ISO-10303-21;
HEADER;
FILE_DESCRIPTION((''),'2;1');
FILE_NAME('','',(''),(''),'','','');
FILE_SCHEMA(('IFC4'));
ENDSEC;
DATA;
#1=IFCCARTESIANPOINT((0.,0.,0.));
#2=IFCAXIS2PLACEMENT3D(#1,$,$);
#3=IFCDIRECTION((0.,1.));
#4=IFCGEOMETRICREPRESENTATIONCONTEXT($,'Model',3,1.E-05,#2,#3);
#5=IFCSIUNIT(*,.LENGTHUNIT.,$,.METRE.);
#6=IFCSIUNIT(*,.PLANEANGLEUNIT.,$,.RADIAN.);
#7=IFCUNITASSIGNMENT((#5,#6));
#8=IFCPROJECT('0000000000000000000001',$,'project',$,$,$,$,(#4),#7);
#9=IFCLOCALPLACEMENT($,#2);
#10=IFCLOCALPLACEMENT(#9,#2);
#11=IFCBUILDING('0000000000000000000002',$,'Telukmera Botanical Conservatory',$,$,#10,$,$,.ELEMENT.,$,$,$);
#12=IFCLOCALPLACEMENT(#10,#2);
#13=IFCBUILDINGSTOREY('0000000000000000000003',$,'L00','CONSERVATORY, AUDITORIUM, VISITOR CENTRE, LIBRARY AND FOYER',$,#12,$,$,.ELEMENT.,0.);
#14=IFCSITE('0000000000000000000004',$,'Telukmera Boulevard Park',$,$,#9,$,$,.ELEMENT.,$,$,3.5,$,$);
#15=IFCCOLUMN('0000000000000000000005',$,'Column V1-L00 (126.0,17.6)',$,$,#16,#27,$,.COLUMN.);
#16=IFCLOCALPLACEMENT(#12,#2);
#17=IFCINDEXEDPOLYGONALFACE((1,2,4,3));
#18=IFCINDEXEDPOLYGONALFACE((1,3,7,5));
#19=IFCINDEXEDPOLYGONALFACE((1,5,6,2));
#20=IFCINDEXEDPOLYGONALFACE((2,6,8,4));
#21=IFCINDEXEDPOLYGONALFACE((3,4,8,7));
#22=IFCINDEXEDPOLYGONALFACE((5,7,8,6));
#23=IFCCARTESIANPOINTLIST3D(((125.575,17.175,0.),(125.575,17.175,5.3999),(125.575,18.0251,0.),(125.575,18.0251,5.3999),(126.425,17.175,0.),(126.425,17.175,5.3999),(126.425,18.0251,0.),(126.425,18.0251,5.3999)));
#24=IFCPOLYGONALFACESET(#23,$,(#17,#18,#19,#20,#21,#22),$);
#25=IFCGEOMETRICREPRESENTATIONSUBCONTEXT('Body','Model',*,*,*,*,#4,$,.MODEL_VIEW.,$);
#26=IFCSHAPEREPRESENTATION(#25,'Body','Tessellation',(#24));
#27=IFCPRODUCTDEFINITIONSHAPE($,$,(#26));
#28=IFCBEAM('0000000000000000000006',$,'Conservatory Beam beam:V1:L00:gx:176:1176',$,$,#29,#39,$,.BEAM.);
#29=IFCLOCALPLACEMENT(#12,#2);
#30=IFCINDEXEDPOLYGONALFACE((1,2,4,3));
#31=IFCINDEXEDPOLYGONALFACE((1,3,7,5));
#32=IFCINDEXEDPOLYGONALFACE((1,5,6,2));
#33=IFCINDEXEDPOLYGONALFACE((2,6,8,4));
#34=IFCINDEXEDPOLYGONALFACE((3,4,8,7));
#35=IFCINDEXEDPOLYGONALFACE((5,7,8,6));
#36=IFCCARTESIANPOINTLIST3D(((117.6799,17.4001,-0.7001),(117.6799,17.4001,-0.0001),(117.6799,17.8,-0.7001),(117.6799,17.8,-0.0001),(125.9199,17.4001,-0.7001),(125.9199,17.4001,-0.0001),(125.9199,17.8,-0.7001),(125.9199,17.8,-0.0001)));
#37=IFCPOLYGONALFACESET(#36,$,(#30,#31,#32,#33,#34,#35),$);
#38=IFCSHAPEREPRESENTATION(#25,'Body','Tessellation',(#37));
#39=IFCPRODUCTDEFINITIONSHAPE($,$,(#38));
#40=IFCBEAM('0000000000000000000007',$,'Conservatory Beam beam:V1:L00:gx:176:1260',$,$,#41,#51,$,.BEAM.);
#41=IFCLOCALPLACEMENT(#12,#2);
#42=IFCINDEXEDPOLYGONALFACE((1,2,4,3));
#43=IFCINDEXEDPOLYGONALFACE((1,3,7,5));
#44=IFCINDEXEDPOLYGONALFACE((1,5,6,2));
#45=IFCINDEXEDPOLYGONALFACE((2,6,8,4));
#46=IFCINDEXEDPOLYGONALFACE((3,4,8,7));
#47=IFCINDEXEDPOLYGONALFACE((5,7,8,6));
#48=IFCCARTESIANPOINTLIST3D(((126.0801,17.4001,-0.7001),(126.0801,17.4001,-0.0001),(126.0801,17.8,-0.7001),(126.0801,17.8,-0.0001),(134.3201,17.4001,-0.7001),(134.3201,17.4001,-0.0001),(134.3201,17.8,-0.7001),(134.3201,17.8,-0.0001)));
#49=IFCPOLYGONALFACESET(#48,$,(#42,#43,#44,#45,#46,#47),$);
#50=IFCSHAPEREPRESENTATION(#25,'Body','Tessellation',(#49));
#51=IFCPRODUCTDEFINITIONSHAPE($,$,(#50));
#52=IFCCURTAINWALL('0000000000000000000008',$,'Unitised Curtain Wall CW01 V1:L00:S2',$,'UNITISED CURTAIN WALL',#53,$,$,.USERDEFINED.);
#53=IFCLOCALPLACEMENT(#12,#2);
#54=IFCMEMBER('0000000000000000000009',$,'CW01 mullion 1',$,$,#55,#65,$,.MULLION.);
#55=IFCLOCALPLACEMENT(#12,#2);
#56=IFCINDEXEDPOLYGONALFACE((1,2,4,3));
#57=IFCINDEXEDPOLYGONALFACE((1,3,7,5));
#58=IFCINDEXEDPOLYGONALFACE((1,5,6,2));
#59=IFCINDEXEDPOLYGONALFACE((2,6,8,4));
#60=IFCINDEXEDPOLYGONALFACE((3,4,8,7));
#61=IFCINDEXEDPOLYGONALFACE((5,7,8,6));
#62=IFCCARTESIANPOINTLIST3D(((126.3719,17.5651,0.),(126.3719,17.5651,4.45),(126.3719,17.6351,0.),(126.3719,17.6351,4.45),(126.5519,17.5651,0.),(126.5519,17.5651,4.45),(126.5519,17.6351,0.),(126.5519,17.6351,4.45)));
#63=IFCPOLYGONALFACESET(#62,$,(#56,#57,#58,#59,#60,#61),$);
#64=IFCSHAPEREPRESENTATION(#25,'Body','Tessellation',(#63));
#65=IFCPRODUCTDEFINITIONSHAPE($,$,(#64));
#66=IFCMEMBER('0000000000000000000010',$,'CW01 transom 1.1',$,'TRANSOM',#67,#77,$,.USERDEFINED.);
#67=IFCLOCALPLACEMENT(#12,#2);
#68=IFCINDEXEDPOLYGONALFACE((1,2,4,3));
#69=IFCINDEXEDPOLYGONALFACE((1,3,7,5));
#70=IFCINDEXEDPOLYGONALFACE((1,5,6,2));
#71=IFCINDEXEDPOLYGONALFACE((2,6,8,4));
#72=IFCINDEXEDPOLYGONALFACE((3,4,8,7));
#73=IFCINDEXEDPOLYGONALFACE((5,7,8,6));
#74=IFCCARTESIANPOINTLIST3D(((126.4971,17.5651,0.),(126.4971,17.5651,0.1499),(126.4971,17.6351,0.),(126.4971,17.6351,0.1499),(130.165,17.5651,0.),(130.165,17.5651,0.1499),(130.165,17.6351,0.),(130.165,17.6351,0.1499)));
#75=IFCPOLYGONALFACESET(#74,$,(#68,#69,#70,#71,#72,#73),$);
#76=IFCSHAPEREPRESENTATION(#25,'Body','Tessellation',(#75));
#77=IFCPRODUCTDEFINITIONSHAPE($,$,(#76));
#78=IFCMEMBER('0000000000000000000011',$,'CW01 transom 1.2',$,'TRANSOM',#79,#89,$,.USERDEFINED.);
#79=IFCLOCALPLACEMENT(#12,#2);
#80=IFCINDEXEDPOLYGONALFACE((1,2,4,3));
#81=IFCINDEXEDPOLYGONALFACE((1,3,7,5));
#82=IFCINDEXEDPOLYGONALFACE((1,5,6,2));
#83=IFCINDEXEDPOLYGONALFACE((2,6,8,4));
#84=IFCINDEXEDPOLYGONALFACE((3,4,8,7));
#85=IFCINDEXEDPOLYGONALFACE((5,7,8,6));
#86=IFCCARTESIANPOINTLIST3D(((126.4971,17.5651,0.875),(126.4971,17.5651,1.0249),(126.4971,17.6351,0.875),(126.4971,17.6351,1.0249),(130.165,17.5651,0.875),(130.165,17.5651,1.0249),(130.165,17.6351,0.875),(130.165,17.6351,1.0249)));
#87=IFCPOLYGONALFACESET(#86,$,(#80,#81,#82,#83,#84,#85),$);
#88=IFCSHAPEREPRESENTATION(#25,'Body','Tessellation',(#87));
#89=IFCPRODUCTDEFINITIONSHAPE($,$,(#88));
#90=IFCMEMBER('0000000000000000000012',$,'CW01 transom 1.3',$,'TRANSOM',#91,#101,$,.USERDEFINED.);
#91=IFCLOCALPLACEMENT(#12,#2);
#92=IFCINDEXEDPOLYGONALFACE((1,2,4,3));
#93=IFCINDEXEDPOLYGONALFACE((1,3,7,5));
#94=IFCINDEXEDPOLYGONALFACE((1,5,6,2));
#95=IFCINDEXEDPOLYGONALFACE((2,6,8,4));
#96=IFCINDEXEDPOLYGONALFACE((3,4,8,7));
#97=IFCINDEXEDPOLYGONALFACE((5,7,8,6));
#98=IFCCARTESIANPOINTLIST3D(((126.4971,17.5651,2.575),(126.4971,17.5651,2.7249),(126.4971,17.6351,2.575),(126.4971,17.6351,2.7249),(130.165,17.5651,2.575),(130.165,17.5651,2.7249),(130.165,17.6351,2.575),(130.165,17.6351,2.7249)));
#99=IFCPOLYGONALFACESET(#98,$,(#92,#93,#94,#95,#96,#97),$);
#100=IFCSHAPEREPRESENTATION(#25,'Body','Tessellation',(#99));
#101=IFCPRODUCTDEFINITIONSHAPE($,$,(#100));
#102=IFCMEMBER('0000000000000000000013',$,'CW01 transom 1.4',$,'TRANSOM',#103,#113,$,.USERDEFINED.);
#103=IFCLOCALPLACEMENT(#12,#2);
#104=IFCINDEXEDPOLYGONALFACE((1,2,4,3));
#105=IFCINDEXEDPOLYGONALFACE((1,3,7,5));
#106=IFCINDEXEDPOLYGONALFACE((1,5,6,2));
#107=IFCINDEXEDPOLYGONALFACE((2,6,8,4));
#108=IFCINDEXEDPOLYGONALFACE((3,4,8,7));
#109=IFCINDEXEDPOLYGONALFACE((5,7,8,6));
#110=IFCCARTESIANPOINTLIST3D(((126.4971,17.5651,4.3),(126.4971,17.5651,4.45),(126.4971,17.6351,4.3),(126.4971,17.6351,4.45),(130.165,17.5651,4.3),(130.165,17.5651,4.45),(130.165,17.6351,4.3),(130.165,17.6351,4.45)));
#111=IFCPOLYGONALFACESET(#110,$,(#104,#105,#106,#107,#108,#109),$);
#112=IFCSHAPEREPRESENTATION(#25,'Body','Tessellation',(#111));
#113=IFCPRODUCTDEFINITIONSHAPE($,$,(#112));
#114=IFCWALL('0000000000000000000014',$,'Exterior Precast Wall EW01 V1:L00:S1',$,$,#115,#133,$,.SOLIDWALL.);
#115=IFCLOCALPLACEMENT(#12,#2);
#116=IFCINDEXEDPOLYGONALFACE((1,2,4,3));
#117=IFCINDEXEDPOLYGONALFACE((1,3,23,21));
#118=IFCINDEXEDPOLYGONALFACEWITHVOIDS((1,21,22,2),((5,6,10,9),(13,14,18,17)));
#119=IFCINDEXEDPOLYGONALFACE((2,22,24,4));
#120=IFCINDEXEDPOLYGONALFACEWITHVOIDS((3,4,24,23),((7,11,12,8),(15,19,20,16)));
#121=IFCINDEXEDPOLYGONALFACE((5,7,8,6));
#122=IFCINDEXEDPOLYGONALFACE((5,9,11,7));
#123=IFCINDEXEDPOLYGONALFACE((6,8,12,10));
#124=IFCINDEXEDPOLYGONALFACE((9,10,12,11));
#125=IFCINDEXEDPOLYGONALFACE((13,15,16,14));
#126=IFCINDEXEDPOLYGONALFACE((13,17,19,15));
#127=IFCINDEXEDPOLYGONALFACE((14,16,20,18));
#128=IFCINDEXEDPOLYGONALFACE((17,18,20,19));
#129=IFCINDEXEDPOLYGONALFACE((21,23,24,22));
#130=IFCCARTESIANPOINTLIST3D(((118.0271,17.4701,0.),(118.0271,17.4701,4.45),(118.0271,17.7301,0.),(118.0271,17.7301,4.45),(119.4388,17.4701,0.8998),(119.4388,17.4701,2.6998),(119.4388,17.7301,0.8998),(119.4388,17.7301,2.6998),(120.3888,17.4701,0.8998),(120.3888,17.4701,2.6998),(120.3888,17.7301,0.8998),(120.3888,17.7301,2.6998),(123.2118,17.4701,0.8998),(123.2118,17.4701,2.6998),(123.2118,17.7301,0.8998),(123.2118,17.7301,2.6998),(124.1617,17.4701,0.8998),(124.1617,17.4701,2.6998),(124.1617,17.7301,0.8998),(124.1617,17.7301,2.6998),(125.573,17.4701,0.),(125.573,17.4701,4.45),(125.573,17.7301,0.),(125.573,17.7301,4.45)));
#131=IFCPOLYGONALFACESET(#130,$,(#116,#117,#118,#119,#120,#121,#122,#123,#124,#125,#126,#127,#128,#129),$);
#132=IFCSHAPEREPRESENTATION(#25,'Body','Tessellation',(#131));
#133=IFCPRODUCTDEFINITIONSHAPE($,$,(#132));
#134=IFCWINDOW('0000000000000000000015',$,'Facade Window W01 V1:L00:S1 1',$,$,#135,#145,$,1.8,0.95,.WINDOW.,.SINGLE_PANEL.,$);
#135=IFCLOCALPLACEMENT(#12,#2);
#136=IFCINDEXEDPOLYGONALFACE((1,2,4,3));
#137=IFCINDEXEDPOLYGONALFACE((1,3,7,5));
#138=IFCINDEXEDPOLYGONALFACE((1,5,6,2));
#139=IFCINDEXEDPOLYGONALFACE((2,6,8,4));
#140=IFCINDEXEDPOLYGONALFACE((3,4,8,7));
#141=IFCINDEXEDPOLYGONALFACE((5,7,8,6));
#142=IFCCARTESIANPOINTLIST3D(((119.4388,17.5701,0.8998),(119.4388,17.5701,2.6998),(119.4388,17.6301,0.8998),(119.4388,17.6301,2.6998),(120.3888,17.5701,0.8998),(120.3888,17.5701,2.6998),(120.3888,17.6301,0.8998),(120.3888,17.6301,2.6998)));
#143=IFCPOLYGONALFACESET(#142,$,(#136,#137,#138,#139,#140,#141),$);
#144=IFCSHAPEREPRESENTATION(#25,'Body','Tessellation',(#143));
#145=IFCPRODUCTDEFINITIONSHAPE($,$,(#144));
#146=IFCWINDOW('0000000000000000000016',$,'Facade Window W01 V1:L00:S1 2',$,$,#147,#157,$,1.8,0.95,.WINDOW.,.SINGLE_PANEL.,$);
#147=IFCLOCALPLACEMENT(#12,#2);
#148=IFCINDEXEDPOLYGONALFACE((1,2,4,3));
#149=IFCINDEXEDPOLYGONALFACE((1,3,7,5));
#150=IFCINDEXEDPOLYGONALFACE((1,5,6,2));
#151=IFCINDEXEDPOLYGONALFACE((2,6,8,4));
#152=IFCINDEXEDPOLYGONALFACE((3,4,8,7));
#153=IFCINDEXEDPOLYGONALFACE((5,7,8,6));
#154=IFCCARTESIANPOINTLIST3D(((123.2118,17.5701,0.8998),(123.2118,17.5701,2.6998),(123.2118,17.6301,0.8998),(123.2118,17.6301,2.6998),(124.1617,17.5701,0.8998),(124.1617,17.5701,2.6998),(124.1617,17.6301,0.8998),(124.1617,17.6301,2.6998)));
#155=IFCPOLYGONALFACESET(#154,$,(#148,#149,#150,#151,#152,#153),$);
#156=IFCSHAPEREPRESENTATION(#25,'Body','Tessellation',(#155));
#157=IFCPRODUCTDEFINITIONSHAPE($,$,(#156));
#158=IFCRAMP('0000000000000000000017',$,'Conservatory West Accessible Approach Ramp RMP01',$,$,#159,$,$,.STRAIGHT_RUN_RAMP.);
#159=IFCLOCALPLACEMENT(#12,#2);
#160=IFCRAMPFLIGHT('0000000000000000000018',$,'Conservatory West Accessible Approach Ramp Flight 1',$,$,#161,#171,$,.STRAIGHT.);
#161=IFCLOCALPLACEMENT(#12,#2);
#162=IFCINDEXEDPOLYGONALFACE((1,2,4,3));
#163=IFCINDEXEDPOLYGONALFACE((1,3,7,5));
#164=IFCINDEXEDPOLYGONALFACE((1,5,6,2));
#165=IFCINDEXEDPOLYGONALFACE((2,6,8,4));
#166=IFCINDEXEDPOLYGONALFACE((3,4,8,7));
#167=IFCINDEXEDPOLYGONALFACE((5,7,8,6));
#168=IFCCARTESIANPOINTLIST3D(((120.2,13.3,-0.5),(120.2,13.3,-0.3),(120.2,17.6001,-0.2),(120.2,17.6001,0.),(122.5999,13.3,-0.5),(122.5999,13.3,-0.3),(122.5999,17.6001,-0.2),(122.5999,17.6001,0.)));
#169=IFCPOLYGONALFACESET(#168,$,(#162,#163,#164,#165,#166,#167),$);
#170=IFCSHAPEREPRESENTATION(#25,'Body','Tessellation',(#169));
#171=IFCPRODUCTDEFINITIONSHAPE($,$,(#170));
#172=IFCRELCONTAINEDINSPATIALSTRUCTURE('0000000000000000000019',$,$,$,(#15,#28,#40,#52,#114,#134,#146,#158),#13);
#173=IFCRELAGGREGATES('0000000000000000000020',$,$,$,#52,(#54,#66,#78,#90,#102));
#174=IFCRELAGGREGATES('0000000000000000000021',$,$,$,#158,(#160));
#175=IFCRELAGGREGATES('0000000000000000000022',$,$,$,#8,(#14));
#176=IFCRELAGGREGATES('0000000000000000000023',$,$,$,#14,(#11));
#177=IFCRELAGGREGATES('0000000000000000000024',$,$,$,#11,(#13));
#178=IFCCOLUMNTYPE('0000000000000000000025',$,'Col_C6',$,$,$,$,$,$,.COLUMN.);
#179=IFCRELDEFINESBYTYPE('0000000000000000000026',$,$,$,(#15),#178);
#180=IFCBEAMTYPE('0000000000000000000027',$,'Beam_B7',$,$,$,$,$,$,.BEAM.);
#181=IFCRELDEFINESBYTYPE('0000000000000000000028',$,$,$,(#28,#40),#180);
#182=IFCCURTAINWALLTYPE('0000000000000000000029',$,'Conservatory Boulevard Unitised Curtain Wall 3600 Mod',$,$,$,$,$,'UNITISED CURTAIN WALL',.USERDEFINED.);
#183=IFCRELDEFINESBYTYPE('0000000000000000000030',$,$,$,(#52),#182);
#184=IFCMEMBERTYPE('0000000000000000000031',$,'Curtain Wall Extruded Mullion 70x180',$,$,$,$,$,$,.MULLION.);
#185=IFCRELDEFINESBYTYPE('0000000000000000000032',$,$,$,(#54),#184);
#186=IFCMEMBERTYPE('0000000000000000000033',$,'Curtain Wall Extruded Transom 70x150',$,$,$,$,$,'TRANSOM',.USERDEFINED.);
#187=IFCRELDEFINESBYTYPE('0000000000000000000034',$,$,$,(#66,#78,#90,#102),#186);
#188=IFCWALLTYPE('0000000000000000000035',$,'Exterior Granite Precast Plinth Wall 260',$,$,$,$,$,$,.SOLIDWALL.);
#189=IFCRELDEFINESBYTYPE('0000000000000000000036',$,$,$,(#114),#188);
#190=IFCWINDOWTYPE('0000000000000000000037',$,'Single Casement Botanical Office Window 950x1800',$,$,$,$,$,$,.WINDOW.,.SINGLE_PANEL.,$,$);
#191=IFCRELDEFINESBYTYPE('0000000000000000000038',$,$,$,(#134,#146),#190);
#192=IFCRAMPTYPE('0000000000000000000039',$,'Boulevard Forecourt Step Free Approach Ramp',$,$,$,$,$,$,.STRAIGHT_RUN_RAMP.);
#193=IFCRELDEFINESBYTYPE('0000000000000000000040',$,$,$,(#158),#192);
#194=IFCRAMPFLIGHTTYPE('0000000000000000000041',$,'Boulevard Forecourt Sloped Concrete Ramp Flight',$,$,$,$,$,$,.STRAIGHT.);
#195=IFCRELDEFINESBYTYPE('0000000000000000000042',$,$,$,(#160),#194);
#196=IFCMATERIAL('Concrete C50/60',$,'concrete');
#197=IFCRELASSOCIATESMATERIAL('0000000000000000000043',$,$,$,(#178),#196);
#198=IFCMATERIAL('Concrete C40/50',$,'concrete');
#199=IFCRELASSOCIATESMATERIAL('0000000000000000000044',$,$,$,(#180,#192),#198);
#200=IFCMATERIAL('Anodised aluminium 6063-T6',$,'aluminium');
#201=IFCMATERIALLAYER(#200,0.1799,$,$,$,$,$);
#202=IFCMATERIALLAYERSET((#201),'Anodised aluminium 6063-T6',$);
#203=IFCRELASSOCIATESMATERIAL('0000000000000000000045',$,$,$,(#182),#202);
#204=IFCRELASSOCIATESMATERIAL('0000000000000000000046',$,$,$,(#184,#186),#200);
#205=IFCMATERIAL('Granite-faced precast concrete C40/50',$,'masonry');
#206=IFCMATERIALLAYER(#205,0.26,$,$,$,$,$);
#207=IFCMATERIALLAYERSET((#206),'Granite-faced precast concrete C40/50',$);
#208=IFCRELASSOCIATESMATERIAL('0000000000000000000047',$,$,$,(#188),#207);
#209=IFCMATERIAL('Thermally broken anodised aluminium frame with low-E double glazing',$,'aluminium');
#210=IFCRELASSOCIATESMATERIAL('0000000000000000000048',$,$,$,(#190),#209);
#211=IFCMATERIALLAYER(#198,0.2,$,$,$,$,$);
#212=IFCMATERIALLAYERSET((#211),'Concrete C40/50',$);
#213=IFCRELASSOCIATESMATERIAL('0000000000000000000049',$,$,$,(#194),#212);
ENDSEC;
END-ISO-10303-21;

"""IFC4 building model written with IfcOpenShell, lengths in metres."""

from ifc_helpers import new_model, si_unit, direction, frame, frame_2d, origin, origin_2d, place, context, subcontext, project, spatial, polyline, rectangle, outline, extrude, material, layer, layer_set, material_profile, profile_set, type_object, element, fill, aggregate, save


model = new_model("IFC4")

# Units and contexts
model_context = context("Model", 3, precision=1e-05, world=origin(), true_north=direction((0.0, 1.0)))
body_context = subcontext(model_context, "Body", "Model", "MODEL_VIEW")
ifc_project = project(units=[si_unit("LENGTHUNIT", "METRE"), si_unit("PLANEANGLEUNIT", "RADIAN")], contexts=[model_context])

# Site, building, storey
site_placement = place(None, origin())
site = spatial("IfcSite", under=ifc_project, at=site_placement, Name="Telukmera Boulevard Park", CompositionType="ELEMENT", RefElevation=3.5)
building_placement = place(site_placement, origin())
building = spatial("IfcBuilding", under=site, at=building_placement, Name="Telukmera Botanical Conservatory", CompositionType="ELEMENT")
storey_placement = place(building_placement, origin())
storey = spatial("IfcBuildingStorey", under=building, at=storey_placement, Name="L00", Description="CONSERVATORY, AUDITORIUM, VISITOR CENTRE, LIBRARY AND FOYER", CompositionType="ELEMENT", Elevation=0.0)

# Column
ifc_material_1 = material(Name="Concrete C50/60", Category="concrete")
ifc_material_profile_1 = material_profile(ifc_material_1, rectangle(XDim=0.8501, YDim=0.8501, at=origin_2d()), Name="RC 850x850")
ifc_profile_set_1 = profile_set([ifc_material_profile_1], Name="Concrete C50/60")
column_type = type_object("IfcColumnType", Name="Col_C6", PredefinedType="COLUMN", material=ifc_profile_set_1)
column_placement = place(storey_placement, frame((126.0, 17.6001, 0.0), z_axis=(0.0, 0.0, 1.0), x_axis=(1.0, 0.0, 0.0)))
element("IfcColumn", 1, at=column_placement, inside=storey, type_object=column_type, Name="Column V1-L00 (126.0,17.6)", PredefinedType="COLUMN", context=body_context, shape_type="SweptSolid", body=[
    extrude(rectangle(XDim=0.8501, YDim=0.8501, at=origin_2d()), origin(), (0.0, 0.0, 1.0), 5.3999),
])

# Beams
ifc_material_2 = material(Name="Concrete C40/50", Category="concrete")
ifc_material_profile_2 = material_profile(ifc_material_2, rectangle(XDim=0.3999, YDim=0.7, at=origin_2d()), Name="RC 400x700")
ifc_profile_set_2 = profile_set([ifc_material_profile_2], Name="Concrete C40/50")
beam_type = type_object("IfcBeamType", Name="Beam_B7", PredefinedType="BEAM", material=ifc_profile_set_2)
for number, where, z_axis, x_axis, name in (
    (2, (117.6799, 17.6001, -0.3501), (1.0, 0.0, 0.0), (0.0, 1.0, 0.0), "Conservatory Beam beam:V1:L00:gx:176:1176"),
    (3, (126.0801, 17.6001, -0.3501), (1.0, 0.0, 0.0), (0.0, 1.0, 0.0), "Conservatory Beam beam:V1:L00:gx:176:1260"),
):
    element("IfcBeam", number, at=place(storey_placement, frame(where, z_axis=z_axis, x_axis=x_axis)), inside=storey, type_object=beam_type, Name=name, PredefinedType="BEAM", context=body_context, shape_type="SweptSolid", body=[
        extrude(rectangle(XDim=0.3999, YDim=0.7, at=origin_2d()), origin(), (0.0, 0.0, 1.0), 8.24),
    ])

# Curtain wall, members
ifc_material_3 = material(Name="Anodised aluminium 6063-T6", Category="aluminium")
ifc_layer_1 = layer(ifc_material_3, 0.1799)
ifc_layer_set_1 = layer_set([ifc_layer_1], Name="Anodised aluminium 6063-T6")
curtain_wall_type = type_object("IfcCurtainWallType", Name="Conservatory Boulevard Unitised Curtain Wall 3600 Mod", ElementType="UNITISED CURTAIN WALL", PredefinedType="USERDEFINED", material=ifc_layer_set_1)
curtain_wall_placement = place(storey_placement, origin())
curtain_wall = element("IfcCurtainWall", 4, at=curtain_wall_placement, inside=storey, type_object=curtain_wall_type, Name="Unitised Curtain Wall CW01 V1:L00:S2", ObjectType="UNITISED CURTAIN WALL", PredefinedType="USERDEFINED")
ifc_material_profile_3 = material_profile(ifc_material_3, rectangle(XDim=0.0701, YDim=0.1799, at=origin_2d()), Name="ALU MULL 70x180")
ifc_profile_set_3 = profile_set([ifc_material_profile_3], Name="Anodised aluminium 6063-T6")
member_type_1 = type_object("IfcMemberType", Name="Curtain Wall Extruded Mullion 70x180", PredefinedType="MULLION", material=ifc_profile_set_3)
member_1_placement = place(storey_placement, frame((126.4619, 17.6001, 0.0), z_axis=(0.0, 0.0, 1.0), x_axis=(0.0, 1.0, 0.0)))
member_1 = element("IfcMember", 5, at=member_1_placement, type_object=member_type_1, Name="CW01 mullion 1", PredefinedType="MULLION", context=body_context, shape_type="SweptSolid", body=[
    extrude(rectangle(XDim=0.0701, YDim=0.1799, at=origin_2d()), origin(), (0.0, 0.0, 1.0), 4.45),
])
ifc_material_profile_4 = material_profile(ifc_material_3, rectangle(XDim=0.0701, YDim=0.1499, at=origin_2d()), Name="ALU TRAN 70x150")
ifc_profile_set_4 = profile_set([ifc_material_profile_4], Name="Anodised aluminium 6063-T6")
member_type_2 = type_object("IfcMemberType", Name="Curtain Wall Extruded Transom 70x150", ElementType="TRANSOM", PredefinedType="USERDEFINED", material=ifc_profile_set_4)
member_2_placement = place(storey_placement, frame((126.4971, 17.6001, 0.075), z_axis=(1.0, 0.0, 0.0), x_axis=(0.0, 1.0, 0.0)))
member_2 = element("IfcMember", 6, at=member_2_placement, type_object=member_type_2, Name="CW01 transom 1.1", ObjectType="TRANSOM", PredefinedType="USERDEFINED", context=body_context, shape_type="SweptSolid", body=[
    extrude(rectangle(XDim=0.0701, YDim=0.1499, at=origin_2d()), origin(), (0.0, 0.0, 1.0), 3.668),
])
member_3_placement = place(storey_placement, frame((126.4971, 17.6001, 0.95), z_axis=(1.0, 0.0, 0.0), x_axis=(0.0, 1.0, 0.0)))
member_3 = element("IfcMember", 7, at=member_3_placement, type_object=member_type_2, Name="CW01 transom 1.2", ObjectType="TRANSOM", PredefinedType="USERDEFINED", context=body_context, shape_type="SweptSolid", body=[
    extrude(rectangle(XDim=0.0701, YDim=0.1499, at=origin_2d()), origin(), (0.0, 0.0, 1.0), 3.668),
])
member_4_placement = place(storey_placement, frame((126.4971, 17.6001, 2.6499), z_axis=(1.0, 0.0, 0.0), x_axis=(0.0, 1.0, 0.0)))
member_4 = element("IfcMember", 8, at=member_4_placement, type_object=member_type_2, Name="CW01 transom 1.3", ObjectType="TRANSOM", PredefinedType="USERDEFINED", context=body_context, shape_type="SweptSolid", body=[
    extrude(rectangle(XDim=0.0701, YDim=0.1499, at=origin_2d()), origin(), (0.0, 0.0, 1.0), 3.668),
])
member_5_placement = place(storey_placement, frame((126.4971, 17.6001, 4.375), z_axis=(1.0, 0.0, 0.0), x_axis=(0.0, 1.0, 0.0)))
member_5 = element("IfcMember", 9, at=member_5_placement, type_object=member_type_2, Name="CW01 transom 1.4", ObjectType="TRANSOM", PredefinedType="USERDEFINED", context=body_context, shape_type="SweptSolid", body=[
    extrude(rectangle(XDim=0.0701, YDim=0.1499, at=origin_2d()), origin(), (0.0, 0.0, 1.0), 3.668),
])
aggregate(curtain_wall, [member_1, member_2, member_3, member_4, member_5])

# Wall, openings, windows
ifc_material_4 = material(Name="Granite-faced precast concrete C40/50", Category="masonry")
ifc_layer_2 = layer(ifc_material_4, 0.26)
ifc_layer_set_2 = layer_set([ifc_layer_2], Name="Granite-faced precast concrete C40/50")
wall_type = type_object("IfcWallType", Name="Exterior Granite Precast Plinth Wall 260", PredefinedType="SOLIDWALL", material=ifc_layer_set_2)
wall_placement = place(storey_placement, frame((118.0271, 17.6001, 0.0), z_axis=(0.0, 0.0, 1.0), x_axis=(1.0, 0.0, 0.0)))
wall = element("IfcWall", 10, at=wall_placement, inside=storey, type_object=wall_type, Name="Exterior Precast Wall EW01 V1:L00:S1", PredefinedType="SOLIDWALL", context=body_context, shape_type="SweptSolid", body=[
    extrude(rectangle(XDim=7.5459, YDim=0.26, at=frame_2d((3.7729, 0.0))), origin(), (0.0, 0.0, 1.0), 4.45),
])
opening_1_placement = place(wall_placement, frame((1.4116, 0.0, 0.8999)))
opening_1 = element("IfcOpeningElement", 11, at=opening_1_placement, cuts=wall, PredefinedType="OPENING", context=body_context, shape_type="SweptSolid", body=[
    extrude(rectangle(XDim=0.95, YDim=1.8, at=frame_2d((0.4751, 0.8999))), frame((0.0, 0.1399, 0.0), z_axis=(0.0, -1.0, 0.0), x_axis=(1.0, 0.0, 0.0)), (0.0, 0.0, 1.0), 0.28),
])
opening_2_placement = place(wall_placement, frame((5.1846, 0.0, 0.8999)))
opening_2 = element("IfcOpeningElement", 12, at=opening_2_placement, cuts=wall, PredefinedType="OPENING", context=body_context, shape_type="SweptSolid", body=[
    extrude(rectangle(XDim=0.95, YDim=1.8, at=frame_2d((0.4751, 0.8999))), frame((0.0, 0.1399, 0.0), z_axis=(0.0, -1.0, 0.0), x_axis=(1.0, 0.0, 0.0)), (0.0, 0.0, 1.0), 0.28),
])
ifc_material_5 = material(Name="Thermally broken anodised aluminium frame with low-E double glazing", Category="aluminium")
window_type = type_object("IfcWindowType", Name="Single Casement Botanical Office Window 950x1800", PartitioningType="SINGLE_PANEL", PredefinedType="WINDOW", material=ifc_material_5)
window_1_placement = place(opening_1_placement, origin())
window_1 = element("IfcWindow", 13, at=window_1_placement, inside=storey, type_object=window_type, Name="Facade Window W01 V1:L00:S1 1", OverallHeight=1.8, OverallWidth=0.95, PartitioningType="SINGLE_PANEL", PredefinedType="WINDOW", context=body_context, shape_type="SweptSolid", body=[
    extrude(rectangle(XDim=0.95, YDim=1.8, at=frame_2d((0.4751, 0.8999))), frame((0.0, 0.03, 0.0), z_axis=(0.0, -1.0, 0.0), x_axis=(1.0, 0.0, 0.0)), (0.0, 0.0, 1.0), 0.0601),
])
fill(opening_1, window_1)
window_2_placement = place(opening_2_placement, origin())
window_2 = element("IfcWindow", 14, at=window_2_placement, inside=storey, type_object=window_type, Name="Facade Window W01 V1:L00:S1 2", OverallHeight=1.8, OverallWidth=0.95, PartitioningType="SINGLE_PANEL", PredefinedType="WINDOW", context=body_context, shape_type="SweptSolid", body=[
    extrude(rectangle(XDim=0.95, YDim=1.8, at=frame_2d((0.4751, 0.8999))), frame((0.0, 0.03, 0.0), z_axis=(0.0, -1.0, 0.0), x_axis=(1.0, 0.0, 0.0)), (0.0, 0.0, 1.0), 0.0601),
])
fill(opening_2, window_2)

# Ramp, ramp flight
ramp_type = type_object("IfcRampType", Name="Boulevard Forecourt Step Free Approach Ramp", PredefinedType="STRAIGHT_RUN_RAMP", material=ifc_material_2)
ramp_placement = place(storey_placement, origin())
ramp = element("IfcRamp", 15, at=ramp_placement, inside=storey, type_object=ramp_type, Name="Conservatory West Accessible Approach Ramp RMP01", PredefinedType="STRAIGHT_RUN_RAMP")
ifc_layer_3 = layer(ifc_material_2, 0.2)
ifc_layer_set_3 = layer_set([ifc_layer_3], Name="Concrete C40/50")
ramp_flight_type = type_object("IfcRampFlightType", Name="Boulevard Forecourt Sloped Concrete Ramp Flight", PredefinedType="STRAIGHT", material=ifc_layer_set_3)
ramp_flight_placement = place(storey_placement, frame((121.3999, 13.3, -0.3), z_axis=(0.0, 0.0, 1.0), x_axis=(0.0, 1.0, 0.0)))
ramp_flight = element("IfcRampFlight", 16, at=ramp_flight_placement, type_object=ramp_flight_type, Name="Conservatory West Accessible Approach Ramp Flight 1", PredefinedType="STRAIGHT", context=body_context, shape_type="SweptSolid", body=[
    extrude(outline(polyline([(0.0, -0.2), (4.3, 0.1001), (4.3, 0.3), (0.0, 0.0), (0.0, -0.2)])), frame((0.0, 1.2, 0.0), z_axis=(0.0, -1.0, 0.0), x_axis=(1.0, 0.0, 0.0)), (0.0, 0.0, 1.0), 2.3999),
])
aggregate(ramp, [ramp_flight])

save(model, "model.ifc")
